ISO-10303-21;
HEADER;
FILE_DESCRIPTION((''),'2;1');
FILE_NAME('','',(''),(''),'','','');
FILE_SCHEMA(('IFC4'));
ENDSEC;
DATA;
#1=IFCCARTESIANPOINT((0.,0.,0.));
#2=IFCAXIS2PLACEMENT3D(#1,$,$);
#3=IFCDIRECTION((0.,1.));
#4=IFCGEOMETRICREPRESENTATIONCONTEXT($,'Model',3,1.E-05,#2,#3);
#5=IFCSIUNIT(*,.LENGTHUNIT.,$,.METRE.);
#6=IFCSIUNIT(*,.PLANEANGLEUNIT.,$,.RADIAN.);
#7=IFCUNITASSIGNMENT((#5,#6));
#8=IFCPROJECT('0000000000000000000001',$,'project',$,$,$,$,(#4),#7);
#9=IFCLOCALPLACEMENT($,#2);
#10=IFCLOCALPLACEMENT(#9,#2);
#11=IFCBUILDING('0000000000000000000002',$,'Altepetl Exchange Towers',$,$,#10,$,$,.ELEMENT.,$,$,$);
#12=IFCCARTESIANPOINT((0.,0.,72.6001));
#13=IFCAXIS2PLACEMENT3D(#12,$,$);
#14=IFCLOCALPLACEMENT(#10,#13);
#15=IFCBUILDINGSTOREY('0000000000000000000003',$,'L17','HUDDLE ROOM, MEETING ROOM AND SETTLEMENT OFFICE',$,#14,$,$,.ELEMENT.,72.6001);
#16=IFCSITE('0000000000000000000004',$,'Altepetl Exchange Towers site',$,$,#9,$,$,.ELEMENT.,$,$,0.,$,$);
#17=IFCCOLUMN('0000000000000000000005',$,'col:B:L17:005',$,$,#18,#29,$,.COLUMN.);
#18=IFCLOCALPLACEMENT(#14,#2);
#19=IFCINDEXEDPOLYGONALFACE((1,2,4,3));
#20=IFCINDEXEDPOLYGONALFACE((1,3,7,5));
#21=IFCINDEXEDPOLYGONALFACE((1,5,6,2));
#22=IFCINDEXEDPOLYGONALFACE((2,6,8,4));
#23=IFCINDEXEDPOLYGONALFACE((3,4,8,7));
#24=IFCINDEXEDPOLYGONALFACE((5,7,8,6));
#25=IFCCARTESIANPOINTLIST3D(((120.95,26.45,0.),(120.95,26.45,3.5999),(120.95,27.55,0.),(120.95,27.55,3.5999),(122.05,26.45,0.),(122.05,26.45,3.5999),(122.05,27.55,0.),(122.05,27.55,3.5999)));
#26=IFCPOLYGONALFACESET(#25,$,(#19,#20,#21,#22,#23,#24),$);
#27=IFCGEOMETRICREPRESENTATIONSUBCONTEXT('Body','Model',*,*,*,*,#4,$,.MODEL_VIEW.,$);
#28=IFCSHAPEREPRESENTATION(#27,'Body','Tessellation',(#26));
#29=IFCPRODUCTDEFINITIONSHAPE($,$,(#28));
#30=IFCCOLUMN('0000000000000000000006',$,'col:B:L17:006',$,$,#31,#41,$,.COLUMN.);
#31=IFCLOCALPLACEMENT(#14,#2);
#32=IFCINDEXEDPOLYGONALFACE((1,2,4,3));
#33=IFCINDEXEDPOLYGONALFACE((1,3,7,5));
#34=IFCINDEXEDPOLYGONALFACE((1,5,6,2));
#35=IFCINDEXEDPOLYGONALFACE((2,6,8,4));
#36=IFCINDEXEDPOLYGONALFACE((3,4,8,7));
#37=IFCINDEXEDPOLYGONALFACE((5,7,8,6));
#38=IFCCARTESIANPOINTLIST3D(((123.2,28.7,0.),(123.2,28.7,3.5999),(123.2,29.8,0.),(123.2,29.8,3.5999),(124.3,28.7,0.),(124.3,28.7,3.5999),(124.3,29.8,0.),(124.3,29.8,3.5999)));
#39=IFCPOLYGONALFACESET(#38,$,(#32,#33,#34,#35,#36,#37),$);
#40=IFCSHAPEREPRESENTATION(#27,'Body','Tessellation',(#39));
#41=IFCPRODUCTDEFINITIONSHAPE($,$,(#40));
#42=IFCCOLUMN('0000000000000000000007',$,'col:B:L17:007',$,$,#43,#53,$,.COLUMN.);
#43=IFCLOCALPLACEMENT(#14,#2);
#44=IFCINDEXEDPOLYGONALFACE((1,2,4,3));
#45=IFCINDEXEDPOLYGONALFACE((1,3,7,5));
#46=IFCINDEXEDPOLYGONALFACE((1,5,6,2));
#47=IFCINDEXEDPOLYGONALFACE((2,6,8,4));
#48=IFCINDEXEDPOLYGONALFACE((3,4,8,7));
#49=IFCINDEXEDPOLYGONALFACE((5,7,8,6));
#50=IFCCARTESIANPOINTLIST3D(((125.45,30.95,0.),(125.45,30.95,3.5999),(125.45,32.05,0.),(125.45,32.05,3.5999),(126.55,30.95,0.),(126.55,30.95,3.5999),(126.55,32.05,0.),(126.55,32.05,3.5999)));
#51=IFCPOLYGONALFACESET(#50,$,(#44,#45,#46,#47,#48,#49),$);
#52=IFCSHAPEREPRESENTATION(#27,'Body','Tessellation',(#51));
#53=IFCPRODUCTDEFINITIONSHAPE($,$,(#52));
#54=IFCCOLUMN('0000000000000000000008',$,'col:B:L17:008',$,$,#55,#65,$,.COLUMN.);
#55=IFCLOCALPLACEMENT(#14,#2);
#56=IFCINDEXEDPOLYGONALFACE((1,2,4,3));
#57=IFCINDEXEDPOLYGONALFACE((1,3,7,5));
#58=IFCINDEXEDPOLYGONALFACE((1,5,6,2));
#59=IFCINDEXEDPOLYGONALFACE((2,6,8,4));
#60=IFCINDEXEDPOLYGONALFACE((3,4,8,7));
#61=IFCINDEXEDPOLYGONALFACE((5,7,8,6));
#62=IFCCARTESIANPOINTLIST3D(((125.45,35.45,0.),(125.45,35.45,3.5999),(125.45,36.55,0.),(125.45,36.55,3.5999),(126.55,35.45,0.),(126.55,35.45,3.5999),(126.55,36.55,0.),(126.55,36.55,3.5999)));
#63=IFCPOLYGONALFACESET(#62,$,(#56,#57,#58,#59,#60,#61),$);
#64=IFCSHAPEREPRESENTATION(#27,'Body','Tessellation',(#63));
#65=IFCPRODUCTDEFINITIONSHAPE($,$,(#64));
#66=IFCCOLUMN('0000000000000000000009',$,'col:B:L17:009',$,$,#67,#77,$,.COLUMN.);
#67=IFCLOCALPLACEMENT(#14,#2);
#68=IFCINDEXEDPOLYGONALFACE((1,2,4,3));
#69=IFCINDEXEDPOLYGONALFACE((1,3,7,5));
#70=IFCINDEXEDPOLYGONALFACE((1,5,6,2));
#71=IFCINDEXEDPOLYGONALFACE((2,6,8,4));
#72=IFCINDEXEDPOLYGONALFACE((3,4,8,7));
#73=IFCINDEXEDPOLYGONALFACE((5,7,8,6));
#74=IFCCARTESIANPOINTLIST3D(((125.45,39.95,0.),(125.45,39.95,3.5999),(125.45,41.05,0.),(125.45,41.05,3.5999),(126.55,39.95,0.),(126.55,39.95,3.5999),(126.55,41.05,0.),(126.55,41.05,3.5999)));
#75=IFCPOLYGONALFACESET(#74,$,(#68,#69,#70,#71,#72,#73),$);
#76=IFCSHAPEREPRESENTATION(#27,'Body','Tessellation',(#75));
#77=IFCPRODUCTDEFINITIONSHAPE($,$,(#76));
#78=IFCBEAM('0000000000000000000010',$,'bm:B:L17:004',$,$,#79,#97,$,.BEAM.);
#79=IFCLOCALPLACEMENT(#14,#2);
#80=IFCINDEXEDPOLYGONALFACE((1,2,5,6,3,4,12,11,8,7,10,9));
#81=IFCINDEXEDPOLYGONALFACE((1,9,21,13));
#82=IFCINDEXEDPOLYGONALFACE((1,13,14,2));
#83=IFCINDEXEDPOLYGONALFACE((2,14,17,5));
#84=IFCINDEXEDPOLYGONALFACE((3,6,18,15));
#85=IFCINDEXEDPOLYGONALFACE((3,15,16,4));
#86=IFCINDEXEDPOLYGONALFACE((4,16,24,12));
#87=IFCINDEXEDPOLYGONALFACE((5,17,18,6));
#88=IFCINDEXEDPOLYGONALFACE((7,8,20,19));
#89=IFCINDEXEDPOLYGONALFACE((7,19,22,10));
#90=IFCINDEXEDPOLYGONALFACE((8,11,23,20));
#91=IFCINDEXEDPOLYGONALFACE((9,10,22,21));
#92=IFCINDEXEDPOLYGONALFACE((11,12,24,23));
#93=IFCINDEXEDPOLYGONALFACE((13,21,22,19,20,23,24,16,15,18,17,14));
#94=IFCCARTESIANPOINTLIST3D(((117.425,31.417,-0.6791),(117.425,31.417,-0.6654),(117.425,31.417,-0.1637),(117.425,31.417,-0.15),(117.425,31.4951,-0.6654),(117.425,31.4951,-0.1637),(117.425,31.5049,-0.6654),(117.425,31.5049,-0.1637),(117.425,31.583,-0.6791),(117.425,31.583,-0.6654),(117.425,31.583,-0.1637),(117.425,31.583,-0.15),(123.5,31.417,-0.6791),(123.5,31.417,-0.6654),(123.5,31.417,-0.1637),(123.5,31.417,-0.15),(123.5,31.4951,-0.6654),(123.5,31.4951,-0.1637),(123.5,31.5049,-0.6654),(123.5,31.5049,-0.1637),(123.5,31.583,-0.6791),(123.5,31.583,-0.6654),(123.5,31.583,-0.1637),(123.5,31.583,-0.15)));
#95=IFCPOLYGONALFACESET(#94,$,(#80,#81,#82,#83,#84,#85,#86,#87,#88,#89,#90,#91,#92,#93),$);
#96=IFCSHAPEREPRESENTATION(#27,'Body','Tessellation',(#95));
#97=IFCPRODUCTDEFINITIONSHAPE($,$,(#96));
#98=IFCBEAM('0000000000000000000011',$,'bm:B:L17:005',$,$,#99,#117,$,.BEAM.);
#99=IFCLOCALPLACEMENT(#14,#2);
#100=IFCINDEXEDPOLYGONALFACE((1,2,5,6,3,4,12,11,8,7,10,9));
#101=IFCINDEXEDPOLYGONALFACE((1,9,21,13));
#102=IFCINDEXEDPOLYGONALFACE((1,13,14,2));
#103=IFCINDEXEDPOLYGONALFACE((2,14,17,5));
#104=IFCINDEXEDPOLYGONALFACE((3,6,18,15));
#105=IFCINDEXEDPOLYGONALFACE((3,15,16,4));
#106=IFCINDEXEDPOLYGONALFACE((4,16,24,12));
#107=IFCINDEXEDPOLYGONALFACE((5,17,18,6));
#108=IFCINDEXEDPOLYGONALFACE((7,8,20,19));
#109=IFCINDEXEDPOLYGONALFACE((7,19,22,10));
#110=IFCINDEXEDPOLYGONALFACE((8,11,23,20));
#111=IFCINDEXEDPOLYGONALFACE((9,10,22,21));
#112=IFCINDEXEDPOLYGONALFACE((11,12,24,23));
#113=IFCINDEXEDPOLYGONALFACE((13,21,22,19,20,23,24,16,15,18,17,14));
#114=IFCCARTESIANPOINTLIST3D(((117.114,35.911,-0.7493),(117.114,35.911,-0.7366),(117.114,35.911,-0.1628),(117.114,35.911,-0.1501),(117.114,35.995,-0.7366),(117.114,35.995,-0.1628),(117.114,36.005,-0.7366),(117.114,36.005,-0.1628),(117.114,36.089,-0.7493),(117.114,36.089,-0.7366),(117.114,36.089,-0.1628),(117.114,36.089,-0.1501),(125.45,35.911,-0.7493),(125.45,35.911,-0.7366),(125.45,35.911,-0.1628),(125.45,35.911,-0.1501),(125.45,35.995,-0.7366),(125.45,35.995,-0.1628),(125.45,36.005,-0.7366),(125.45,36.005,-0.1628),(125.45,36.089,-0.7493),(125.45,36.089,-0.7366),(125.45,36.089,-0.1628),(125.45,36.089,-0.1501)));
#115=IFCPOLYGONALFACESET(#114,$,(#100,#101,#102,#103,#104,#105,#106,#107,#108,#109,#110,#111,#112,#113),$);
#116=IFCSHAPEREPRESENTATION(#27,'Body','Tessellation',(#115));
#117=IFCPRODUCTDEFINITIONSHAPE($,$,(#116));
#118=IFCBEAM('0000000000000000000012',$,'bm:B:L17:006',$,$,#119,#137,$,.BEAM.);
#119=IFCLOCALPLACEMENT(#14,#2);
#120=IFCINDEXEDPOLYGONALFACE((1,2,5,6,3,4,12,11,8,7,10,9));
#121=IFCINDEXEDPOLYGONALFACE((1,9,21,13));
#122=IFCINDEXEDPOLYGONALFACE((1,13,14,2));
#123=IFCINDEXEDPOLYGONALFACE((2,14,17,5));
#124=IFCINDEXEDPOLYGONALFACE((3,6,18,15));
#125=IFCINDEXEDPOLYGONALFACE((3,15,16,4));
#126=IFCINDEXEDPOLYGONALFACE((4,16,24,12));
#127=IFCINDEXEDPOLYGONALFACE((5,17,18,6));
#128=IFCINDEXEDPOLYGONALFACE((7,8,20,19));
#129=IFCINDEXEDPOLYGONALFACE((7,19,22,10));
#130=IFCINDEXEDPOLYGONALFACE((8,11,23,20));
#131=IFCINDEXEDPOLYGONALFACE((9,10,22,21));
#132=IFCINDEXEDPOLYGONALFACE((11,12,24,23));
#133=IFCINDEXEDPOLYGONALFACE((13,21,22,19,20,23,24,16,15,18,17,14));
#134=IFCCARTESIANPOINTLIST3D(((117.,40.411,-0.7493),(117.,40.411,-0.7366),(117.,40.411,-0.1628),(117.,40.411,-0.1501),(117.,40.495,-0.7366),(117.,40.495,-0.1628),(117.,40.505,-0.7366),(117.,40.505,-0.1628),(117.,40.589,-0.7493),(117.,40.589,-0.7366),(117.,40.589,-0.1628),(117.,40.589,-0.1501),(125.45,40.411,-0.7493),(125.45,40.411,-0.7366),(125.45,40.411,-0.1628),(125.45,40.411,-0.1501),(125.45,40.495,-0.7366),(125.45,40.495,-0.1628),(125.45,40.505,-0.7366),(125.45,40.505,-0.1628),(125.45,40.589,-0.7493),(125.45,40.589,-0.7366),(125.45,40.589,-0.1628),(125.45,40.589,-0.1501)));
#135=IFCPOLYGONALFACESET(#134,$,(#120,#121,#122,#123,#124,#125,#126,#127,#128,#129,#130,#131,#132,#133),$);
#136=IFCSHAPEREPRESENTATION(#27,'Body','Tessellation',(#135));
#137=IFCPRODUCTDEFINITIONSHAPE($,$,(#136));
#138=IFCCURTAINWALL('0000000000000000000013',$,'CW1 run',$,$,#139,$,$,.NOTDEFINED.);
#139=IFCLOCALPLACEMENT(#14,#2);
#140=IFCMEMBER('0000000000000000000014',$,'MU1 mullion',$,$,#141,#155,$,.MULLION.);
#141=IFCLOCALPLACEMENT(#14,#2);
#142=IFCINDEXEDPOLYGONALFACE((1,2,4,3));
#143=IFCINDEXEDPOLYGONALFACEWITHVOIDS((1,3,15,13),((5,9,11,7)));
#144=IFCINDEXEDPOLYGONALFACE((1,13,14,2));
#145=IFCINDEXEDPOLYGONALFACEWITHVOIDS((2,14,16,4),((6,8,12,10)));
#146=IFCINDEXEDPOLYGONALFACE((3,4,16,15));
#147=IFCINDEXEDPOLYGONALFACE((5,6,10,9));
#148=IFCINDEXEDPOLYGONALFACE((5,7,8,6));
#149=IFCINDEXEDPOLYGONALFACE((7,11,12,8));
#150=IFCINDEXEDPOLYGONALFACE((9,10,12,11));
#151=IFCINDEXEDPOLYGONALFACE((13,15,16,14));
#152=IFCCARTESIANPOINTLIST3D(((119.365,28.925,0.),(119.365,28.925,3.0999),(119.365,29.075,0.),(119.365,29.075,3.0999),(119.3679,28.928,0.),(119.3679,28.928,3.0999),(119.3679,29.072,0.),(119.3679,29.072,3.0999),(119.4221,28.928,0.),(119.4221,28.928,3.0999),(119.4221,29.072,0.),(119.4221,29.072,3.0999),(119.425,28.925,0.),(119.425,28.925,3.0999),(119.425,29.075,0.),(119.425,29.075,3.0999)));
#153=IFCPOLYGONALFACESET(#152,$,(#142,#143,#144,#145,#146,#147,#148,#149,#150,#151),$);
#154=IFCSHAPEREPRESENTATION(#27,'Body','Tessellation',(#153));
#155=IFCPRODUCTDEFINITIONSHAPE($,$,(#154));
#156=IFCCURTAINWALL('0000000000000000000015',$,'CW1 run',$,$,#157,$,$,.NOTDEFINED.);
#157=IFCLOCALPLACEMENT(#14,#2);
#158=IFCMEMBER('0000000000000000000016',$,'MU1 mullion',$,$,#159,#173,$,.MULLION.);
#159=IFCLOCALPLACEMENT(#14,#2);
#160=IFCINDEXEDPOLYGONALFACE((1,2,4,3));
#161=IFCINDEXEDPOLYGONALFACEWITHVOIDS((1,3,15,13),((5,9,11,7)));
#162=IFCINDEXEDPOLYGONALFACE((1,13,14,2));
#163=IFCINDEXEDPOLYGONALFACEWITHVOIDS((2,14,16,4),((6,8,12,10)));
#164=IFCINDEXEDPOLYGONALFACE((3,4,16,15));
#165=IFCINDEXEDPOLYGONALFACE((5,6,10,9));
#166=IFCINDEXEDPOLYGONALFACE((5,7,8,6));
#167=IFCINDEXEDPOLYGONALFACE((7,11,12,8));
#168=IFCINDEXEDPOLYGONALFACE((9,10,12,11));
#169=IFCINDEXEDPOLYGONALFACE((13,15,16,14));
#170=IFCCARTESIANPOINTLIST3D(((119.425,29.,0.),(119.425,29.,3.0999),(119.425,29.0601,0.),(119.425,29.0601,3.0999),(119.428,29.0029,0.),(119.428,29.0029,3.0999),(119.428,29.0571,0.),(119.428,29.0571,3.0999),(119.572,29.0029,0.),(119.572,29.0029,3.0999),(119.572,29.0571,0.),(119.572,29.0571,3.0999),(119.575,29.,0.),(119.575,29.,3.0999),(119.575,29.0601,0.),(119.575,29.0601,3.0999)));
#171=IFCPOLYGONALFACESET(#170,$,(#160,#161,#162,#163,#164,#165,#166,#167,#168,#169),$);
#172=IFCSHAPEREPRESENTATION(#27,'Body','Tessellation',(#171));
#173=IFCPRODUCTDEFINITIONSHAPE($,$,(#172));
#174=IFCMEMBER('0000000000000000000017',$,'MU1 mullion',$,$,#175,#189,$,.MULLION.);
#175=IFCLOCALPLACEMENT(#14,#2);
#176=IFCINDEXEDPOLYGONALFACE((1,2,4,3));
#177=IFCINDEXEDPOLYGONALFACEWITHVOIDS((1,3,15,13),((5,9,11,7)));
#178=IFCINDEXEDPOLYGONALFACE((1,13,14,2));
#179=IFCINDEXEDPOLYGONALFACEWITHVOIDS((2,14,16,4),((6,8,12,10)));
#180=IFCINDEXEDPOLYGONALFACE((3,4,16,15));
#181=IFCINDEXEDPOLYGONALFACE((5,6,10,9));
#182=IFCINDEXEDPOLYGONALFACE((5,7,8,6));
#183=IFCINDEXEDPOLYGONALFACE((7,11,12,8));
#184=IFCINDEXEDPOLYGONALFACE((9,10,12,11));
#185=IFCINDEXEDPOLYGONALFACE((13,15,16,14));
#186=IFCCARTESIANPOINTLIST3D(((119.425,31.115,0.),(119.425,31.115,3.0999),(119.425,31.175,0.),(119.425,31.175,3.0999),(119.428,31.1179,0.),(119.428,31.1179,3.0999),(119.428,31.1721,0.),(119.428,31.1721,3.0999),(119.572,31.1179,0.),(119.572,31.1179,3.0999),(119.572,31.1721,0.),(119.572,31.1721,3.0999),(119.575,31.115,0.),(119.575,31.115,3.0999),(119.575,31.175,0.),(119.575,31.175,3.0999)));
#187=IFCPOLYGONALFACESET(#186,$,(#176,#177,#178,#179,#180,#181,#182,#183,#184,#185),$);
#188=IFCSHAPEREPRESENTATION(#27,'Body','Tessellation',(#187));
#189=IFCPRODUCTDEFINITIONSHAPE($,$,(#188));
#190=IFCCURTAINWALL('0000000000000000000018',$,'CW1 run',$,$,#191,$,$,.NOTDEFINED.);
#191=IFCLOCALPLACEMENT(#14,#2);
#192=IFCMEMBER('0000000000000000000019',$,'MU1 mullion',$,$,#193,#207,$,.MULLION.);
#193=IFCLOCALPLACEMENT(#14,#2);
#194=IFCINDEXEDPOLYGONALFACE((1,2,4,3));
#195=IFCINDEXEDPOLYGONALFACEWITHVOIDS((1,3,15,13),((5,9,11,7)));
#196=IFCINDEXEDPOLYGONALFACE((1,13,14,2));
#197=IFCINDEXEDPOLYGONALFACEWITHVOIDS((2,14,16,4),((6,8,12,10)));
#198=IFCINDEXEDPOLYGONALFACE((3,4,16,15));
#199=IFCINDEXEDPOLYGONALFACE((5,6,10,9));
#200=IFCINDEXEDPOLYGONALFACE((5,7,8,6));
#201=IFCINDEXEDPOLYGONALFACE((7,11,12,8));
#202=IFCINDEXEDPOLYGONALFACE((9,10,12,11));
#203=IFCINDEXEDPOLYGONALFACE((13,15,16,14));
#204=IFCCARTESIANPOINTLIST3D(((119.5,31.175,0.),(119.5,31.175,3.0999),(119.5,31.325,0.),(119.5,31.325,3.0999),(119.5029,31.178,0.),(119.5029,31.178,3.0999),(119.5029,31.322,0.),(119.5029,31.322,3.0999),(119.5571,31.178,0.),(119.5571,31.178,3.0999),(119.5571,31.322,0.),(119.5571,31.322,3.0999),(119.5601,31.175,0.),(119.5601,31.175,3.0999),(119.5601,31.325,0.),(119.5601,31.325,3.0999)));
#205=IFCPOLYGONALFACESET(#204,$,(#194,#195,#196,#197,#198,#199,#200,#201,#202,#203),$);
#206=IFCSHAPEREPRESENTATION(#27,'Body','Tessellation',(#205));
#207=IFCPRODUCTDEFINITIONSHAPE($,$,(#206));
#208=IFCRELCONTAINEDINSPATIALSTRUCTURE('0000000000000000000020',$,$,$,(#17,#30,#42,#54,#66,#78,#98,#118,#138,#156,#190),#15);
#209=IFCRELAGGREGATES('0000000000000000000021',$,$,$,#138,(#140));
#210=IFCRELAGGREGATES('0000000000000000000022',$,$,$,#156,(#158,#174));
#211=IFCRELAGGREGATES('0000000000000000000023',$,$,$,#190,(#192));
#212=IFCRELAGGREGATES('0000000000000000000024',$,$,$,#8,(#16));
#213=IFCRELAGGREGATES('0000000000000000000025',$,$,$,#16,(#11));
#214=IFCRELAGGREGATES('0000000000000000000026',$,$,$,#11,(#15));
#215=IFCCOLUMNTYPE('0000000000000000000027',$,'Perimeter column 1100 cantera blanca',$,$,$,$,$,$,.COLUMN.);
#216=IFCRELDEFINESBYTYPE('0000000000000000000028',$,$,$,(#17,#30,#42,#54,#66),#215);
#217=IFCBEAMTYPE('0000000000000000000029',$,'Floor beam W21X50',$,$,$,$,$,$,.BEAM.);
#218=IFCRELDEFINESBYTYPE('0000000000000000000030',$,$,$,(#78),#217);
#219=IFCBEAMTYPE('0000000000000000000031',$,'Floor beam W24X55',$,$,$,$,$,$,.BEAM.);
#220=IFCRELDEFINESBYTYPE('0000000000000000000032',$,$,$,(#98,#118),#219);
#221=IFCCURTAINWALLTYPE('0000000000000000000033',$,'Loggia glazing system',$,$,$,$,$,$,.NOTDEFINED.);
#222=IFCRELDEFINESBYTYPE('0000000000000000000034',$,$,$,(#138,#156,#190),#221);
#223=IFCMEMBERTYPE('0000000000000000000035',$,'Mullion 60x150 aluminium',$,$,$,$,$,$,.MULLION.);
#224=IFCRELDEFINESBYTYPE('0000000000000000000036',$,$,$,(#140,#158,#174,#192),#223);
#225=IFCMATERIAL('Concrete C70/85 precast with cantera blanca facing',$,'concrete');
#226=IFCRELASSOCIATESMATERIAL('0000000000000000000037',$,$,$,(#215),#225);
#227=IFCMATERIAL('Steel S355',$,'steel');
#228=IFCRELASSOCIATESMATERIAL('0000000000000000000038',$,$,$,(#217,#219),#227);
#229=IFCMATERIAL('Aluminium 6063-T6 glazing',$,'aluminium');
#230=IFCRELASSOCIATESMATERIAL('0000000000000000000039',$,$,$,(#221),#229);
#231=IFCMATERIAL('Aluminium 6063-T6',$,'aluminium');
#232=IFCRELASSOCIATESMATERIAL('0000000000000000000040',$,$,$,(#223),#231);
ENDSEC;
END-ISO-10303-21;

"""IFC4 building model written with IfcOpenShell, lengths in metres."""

from ifc_helpers import new_model, si_unit, direction, frame, origin, origin_2d, place, context, subcontext, project, spatial, rectangle, hollow_rectangle, i_section, extrude, material, material_profile, profile_set, type_object, element, aggregate, save


model = new_model("IFC4")

# Units and contexts
model_context = context("Model", 3, precision=1e-05, world=origin(), true_north=direction((0.0, 1.0)))
body_context = subcontext(model_context, "Body", "Model", "MODEL_VIEW")
ifc_project = project(units=[si_unit("LENGTHUNIT", "METRE"), si_unit("PLANEANGLEUNIT", "RADIAN")], contexts=[model_context])

# Site, building, storey
site_placement = place(None, origin())
site = spatial("IfcSite", under=ifc_project, at=site_placement, Name="Altepetl Exchange Towers site", CompositionType="ELEMENT", RefElevation=0.0)
building_placement = place(site_placement, origin())
building = spatial("IfcBuilding", under=site, at=building_placement, Name="Altepetl Exchange Towers", CompositionType="ELEMENT")
storey_placement = place(building_placement, frame((0.0, 0.0, 72.6001)))
storey = spatial("IfcBuildingStorey", under=building, at=storey_placement, Name="L17", Description="HUDDLE ROOM, MEETING ROOM AND SETTLEMENT OFFICE", CompositionType="ELEMENT", Elevation=72.6001)

# Columns
ifc_material_1 = material(Name="Concrete C70/85 precast with cantera blanca facing", Category="concrete")
ifc_material_profile_1 = material_profile(ifc_material_1, rectangle(XDim=1.1001, YDim=1.1001, at=origin_2d()), Name="1100 x 1100")
ifc_profile_set_1 = profile_set([ifc_material_profile_1], Name="Concrete C70/85 precast with cantera blanca facing")
column_type = type_object("IfcColumnType", Name="Perimeter column 1100 cantera blanca", PredefinedType="COLUMN", material=ifc_profile_set_1)
for number, where, name in (
    (1, (121.5, 27.0, 0.0), "col:B:L17:005"),
    (2, (123.75, 29.25, 0.0), "col:B:L17:006"),
    (3, (126.0, 31.5, 0.0), "col:B:L17:007"),
    (4, (126.0, 36.0, 0.0), "col:B:L17:008"),
    (5, (126.0, 40.5, 0.0), "col:B:L17:009"),
):
    element("IfcColumn", number, at=place(storey_placement, frame(where)), inside=storey, type_object=column_type, Name=name, PredefinedType="COLUMN", context=body_context, shape_type="SweptSolid", body=[
        extrude(rectangle(XDim=1.1001, YDim=1.1001, at=origin_2d()), origin(), (0.0, 0.0, 1.0), 3.5999),
    ])

# Beams
ifc_material_2 = material(Name="Steel S355", Category="steel")
ifc_material_profile_2 = material_profile(ifc_material_2, i_section(OverallWidth=0.166, OverallDepth=0.5291, WebThickness=0.0098, FlangeThickness=0.0137, at=origin_2d()), Name="W21X50")
ifc_profile_set_2 = profile_set([ifc_material_profile_2], Name="Steel S355")
beam_type_1 = type_object("IfcBeamType", Name="Floor beam W21X50", PredefinedType="BEAM", material=ifc_profile_set_2)
beam_1_placement = place(storey_placement, frame((117.425, 31.5, -0.4146), z_axis=(1.0, 0.0, 0.0), x_axis=(0.0, 1.0, 0.0)))
element("IfcBeam", 6, at=beam_1_placement, inside=storey, type_object=beam_type_1, Name="bm:B:L17:004", PredefinedType="BEAM", context=body_context, shape_type="SweptSolid", body=[
    extrude(i_section(OverallWidth=0.166, OverallDepth=0.5291, WebThickness=0.0098, FlangeThickness=0.0137, at=origin_2d()), origin(), (0.0, 0.0, 1.0), 6.075),
])
ifc_material_profile_3 = material_profile(ifc_material_2, i_section(OverallWidth=0.178, OverallDepth=0.5991, WebThickness=0.01, FlangeThickness=0.0127, at=origin_2d()), Name="W24X55")
ifc_profile_set_3 = profile_set([ifc_material_profile_3], Name="Steel S355")
beam_type_2 = type_object("IfcBeamType", Name="Floor beam W24X55", PredefinedType="BEAM", material=ifc_profile_set_3)
beam_2_placement = place(storey_placement, frame((117.114, 36.0, -0.4497), z_axis=(1.0, 0.0, 0.0), x_axis=(0.0, 1.0, 0.0)))
element("IfcBeam", 7, at=beam_2_placement, inside=storey, type_object=beam_type_2, Name="bm:B:L17:005", PredefinedType="BEAM", context=body_context, shape_type="SweptSolid", body=[
    extrude(i_section(OverallWidth=0.178, OverallDepth=0.5991, WebThickness=0.01, FlangeThickness=0.0127, at=origin_2d()), origin(), (0.0, 0.0, 1.0), 8.3359),
])
beam_3_placement = place(storey_placement, frame((117.0, 40.5, -0.4497), z_axis=(1.0, 0.0, 0.0), x_axis=(0.0, 1.0, 0.0)))
element("IfcBeam", 8, at=beam_3_placement, inside=storey, type_object=beam_type_2, Name="bm:B:L17:006", PredefinedType="BEAM", context=body_context, shape_type="SweptSolid", body=[
    extrude(i_section(OverallWidth=0.178, OverallDepth=0.5991, WebThickness=0.01, FlangeThickness=0.0127, at=origin_2d()), origin(), (0.0, 0.0, 1.0), 8.45),
])

# Curtain wall, member
ifc_material_3 = material(Name="Aluminium 6063-T6 glazing", Category="aluminium")
curtain_wall_type = type_object("IfcCurtainWallType", Name="Loggia glazing system", PredefinedType="NOTDEFINED", material=ifc_material_3)
curtain_wall_1_placement = place(storey_placement, origin())
curtain_wall_1 = element("IfcCurtainWall", 9, at=curtain_wall_1_placement, inside=storey, type_object=curtain_wall_type, Name="CW1 run", PredefinedType="NOTDEFINED")
ifc_material_4 = material(Name="Aluminium 6063-T6", Category="aluminium")
ifc_material_profile_4 = material_profile(ifc_material_4, hollow_rectangle(XDim=0.0601, YDim=0.1499, WallThickness=0.0029, at=origin_2d()), Name="Mullion 60x150 aluminium")
ifc_profile_set_4 = profile_set([ifc_material_profile_4], Name="Aluminium 6063-T6")
member_type = type_object("IfcMemberType", Name="Mullion 60x150 aluminium", PredefinedType="MULLION", material=ifc_profile_set_4)
member_1_placement = place(storey_placement, frame((119.395, 29.0, 0.0)))
member_1 = element("IfcMember", 10, at=member_1_placement, type_object=member_type, Name="MU1 mullion", PredefinedType="MULLION", context=body_context, shape_type="SweptSolid", body=[
    extrude(hollow_rectangle(XDim=0.0601, YDim=0.1499, WallThickness=0.0029, at=origin_2d()), origin(), (0.0, 0.0, 1.0), 3.0999),
])

# Curtain walls, members
curtain_wall_2_placement = place(storey_placement, origin())
curtain_wall_2 = element("IfcCurtainWall", 11, at=curtain_wall_2_placement, inside=storey, type_object=curtain_wall_type, Name="CW1 run", PredefinedType="NOTDEFINED")
member_2_placement = place(storey_placement, frame((119.5, 29.03, 0.0), z_axis=(0.0, 0.0, 1.0), x_axis=(0.0, 1.0, 0.0)))
member_2 = element("IfcMember", 12, at=member_2_placement, type_object=member_type, Name="MU1 mullion", PredefinedType="MULLION", context=body_context, shape_type="SweptSolid", body=[
    extrude(hollow_rectangle(XDim=0.0601, YDim=0.1499, WallThickness=0.0029, at=origin_2d()), origin(), (0.0, 0.0, 1.0), 3.0999),
])
member_3_placement = place(storey_placement, frame((119.5, 31.145, 0.0), z_axis=(0.0, 0.0, 1.0), x_axis=(0.0, 1.0, 0.0)))
member_3 = element("IfcMember", 13, at=member_3_placement, type_object=member_type, Name="MU1 mullion", PredefinedType="MULLION", context=body_context, shape_type="SweptSolid", body=[
    extrude(hollow_rectangle(XDim=0.0601, YDim=0.1499, WallThickness=0.0029, at=origin_2d()), origin(), (0.0, 0.0, 1.0), 3.0999),
])
curtain_wall_3_placement = place(storey_placement, origin())
curtain_wall_3 = element("IfcCurtainWall", 14, at=curtain_wall_3_placement, inside=storey, type_object=curtain_wall_type, Name="CW1 run", PredefinedType="NOTDEFINED")
member_4_placement = place(storey_placement, frame((119.53, 31.25, 0.0)))
member_4 = element("IfcMember", 15, at=member_4_placement, type_object=member_type, Name="MU1 mullion", PredefinedType="MULLION", context=body_context, shape_type="SweptSolid", body=[
    extrude(hollow_rectangle(XDim=0.0601, YDim=0.1499, WallThickness=0.0029, at=origin_2d()), origin(), (0.0, 0.0, 1.0), 3.0999),
])

aggregate(curtain_wall_1, [member_1])
aggregate(curtain_wall_2, [member_2, member_3])
aggregate(curtain_wall_3, [member_4])

save(model, "model.ifc")
